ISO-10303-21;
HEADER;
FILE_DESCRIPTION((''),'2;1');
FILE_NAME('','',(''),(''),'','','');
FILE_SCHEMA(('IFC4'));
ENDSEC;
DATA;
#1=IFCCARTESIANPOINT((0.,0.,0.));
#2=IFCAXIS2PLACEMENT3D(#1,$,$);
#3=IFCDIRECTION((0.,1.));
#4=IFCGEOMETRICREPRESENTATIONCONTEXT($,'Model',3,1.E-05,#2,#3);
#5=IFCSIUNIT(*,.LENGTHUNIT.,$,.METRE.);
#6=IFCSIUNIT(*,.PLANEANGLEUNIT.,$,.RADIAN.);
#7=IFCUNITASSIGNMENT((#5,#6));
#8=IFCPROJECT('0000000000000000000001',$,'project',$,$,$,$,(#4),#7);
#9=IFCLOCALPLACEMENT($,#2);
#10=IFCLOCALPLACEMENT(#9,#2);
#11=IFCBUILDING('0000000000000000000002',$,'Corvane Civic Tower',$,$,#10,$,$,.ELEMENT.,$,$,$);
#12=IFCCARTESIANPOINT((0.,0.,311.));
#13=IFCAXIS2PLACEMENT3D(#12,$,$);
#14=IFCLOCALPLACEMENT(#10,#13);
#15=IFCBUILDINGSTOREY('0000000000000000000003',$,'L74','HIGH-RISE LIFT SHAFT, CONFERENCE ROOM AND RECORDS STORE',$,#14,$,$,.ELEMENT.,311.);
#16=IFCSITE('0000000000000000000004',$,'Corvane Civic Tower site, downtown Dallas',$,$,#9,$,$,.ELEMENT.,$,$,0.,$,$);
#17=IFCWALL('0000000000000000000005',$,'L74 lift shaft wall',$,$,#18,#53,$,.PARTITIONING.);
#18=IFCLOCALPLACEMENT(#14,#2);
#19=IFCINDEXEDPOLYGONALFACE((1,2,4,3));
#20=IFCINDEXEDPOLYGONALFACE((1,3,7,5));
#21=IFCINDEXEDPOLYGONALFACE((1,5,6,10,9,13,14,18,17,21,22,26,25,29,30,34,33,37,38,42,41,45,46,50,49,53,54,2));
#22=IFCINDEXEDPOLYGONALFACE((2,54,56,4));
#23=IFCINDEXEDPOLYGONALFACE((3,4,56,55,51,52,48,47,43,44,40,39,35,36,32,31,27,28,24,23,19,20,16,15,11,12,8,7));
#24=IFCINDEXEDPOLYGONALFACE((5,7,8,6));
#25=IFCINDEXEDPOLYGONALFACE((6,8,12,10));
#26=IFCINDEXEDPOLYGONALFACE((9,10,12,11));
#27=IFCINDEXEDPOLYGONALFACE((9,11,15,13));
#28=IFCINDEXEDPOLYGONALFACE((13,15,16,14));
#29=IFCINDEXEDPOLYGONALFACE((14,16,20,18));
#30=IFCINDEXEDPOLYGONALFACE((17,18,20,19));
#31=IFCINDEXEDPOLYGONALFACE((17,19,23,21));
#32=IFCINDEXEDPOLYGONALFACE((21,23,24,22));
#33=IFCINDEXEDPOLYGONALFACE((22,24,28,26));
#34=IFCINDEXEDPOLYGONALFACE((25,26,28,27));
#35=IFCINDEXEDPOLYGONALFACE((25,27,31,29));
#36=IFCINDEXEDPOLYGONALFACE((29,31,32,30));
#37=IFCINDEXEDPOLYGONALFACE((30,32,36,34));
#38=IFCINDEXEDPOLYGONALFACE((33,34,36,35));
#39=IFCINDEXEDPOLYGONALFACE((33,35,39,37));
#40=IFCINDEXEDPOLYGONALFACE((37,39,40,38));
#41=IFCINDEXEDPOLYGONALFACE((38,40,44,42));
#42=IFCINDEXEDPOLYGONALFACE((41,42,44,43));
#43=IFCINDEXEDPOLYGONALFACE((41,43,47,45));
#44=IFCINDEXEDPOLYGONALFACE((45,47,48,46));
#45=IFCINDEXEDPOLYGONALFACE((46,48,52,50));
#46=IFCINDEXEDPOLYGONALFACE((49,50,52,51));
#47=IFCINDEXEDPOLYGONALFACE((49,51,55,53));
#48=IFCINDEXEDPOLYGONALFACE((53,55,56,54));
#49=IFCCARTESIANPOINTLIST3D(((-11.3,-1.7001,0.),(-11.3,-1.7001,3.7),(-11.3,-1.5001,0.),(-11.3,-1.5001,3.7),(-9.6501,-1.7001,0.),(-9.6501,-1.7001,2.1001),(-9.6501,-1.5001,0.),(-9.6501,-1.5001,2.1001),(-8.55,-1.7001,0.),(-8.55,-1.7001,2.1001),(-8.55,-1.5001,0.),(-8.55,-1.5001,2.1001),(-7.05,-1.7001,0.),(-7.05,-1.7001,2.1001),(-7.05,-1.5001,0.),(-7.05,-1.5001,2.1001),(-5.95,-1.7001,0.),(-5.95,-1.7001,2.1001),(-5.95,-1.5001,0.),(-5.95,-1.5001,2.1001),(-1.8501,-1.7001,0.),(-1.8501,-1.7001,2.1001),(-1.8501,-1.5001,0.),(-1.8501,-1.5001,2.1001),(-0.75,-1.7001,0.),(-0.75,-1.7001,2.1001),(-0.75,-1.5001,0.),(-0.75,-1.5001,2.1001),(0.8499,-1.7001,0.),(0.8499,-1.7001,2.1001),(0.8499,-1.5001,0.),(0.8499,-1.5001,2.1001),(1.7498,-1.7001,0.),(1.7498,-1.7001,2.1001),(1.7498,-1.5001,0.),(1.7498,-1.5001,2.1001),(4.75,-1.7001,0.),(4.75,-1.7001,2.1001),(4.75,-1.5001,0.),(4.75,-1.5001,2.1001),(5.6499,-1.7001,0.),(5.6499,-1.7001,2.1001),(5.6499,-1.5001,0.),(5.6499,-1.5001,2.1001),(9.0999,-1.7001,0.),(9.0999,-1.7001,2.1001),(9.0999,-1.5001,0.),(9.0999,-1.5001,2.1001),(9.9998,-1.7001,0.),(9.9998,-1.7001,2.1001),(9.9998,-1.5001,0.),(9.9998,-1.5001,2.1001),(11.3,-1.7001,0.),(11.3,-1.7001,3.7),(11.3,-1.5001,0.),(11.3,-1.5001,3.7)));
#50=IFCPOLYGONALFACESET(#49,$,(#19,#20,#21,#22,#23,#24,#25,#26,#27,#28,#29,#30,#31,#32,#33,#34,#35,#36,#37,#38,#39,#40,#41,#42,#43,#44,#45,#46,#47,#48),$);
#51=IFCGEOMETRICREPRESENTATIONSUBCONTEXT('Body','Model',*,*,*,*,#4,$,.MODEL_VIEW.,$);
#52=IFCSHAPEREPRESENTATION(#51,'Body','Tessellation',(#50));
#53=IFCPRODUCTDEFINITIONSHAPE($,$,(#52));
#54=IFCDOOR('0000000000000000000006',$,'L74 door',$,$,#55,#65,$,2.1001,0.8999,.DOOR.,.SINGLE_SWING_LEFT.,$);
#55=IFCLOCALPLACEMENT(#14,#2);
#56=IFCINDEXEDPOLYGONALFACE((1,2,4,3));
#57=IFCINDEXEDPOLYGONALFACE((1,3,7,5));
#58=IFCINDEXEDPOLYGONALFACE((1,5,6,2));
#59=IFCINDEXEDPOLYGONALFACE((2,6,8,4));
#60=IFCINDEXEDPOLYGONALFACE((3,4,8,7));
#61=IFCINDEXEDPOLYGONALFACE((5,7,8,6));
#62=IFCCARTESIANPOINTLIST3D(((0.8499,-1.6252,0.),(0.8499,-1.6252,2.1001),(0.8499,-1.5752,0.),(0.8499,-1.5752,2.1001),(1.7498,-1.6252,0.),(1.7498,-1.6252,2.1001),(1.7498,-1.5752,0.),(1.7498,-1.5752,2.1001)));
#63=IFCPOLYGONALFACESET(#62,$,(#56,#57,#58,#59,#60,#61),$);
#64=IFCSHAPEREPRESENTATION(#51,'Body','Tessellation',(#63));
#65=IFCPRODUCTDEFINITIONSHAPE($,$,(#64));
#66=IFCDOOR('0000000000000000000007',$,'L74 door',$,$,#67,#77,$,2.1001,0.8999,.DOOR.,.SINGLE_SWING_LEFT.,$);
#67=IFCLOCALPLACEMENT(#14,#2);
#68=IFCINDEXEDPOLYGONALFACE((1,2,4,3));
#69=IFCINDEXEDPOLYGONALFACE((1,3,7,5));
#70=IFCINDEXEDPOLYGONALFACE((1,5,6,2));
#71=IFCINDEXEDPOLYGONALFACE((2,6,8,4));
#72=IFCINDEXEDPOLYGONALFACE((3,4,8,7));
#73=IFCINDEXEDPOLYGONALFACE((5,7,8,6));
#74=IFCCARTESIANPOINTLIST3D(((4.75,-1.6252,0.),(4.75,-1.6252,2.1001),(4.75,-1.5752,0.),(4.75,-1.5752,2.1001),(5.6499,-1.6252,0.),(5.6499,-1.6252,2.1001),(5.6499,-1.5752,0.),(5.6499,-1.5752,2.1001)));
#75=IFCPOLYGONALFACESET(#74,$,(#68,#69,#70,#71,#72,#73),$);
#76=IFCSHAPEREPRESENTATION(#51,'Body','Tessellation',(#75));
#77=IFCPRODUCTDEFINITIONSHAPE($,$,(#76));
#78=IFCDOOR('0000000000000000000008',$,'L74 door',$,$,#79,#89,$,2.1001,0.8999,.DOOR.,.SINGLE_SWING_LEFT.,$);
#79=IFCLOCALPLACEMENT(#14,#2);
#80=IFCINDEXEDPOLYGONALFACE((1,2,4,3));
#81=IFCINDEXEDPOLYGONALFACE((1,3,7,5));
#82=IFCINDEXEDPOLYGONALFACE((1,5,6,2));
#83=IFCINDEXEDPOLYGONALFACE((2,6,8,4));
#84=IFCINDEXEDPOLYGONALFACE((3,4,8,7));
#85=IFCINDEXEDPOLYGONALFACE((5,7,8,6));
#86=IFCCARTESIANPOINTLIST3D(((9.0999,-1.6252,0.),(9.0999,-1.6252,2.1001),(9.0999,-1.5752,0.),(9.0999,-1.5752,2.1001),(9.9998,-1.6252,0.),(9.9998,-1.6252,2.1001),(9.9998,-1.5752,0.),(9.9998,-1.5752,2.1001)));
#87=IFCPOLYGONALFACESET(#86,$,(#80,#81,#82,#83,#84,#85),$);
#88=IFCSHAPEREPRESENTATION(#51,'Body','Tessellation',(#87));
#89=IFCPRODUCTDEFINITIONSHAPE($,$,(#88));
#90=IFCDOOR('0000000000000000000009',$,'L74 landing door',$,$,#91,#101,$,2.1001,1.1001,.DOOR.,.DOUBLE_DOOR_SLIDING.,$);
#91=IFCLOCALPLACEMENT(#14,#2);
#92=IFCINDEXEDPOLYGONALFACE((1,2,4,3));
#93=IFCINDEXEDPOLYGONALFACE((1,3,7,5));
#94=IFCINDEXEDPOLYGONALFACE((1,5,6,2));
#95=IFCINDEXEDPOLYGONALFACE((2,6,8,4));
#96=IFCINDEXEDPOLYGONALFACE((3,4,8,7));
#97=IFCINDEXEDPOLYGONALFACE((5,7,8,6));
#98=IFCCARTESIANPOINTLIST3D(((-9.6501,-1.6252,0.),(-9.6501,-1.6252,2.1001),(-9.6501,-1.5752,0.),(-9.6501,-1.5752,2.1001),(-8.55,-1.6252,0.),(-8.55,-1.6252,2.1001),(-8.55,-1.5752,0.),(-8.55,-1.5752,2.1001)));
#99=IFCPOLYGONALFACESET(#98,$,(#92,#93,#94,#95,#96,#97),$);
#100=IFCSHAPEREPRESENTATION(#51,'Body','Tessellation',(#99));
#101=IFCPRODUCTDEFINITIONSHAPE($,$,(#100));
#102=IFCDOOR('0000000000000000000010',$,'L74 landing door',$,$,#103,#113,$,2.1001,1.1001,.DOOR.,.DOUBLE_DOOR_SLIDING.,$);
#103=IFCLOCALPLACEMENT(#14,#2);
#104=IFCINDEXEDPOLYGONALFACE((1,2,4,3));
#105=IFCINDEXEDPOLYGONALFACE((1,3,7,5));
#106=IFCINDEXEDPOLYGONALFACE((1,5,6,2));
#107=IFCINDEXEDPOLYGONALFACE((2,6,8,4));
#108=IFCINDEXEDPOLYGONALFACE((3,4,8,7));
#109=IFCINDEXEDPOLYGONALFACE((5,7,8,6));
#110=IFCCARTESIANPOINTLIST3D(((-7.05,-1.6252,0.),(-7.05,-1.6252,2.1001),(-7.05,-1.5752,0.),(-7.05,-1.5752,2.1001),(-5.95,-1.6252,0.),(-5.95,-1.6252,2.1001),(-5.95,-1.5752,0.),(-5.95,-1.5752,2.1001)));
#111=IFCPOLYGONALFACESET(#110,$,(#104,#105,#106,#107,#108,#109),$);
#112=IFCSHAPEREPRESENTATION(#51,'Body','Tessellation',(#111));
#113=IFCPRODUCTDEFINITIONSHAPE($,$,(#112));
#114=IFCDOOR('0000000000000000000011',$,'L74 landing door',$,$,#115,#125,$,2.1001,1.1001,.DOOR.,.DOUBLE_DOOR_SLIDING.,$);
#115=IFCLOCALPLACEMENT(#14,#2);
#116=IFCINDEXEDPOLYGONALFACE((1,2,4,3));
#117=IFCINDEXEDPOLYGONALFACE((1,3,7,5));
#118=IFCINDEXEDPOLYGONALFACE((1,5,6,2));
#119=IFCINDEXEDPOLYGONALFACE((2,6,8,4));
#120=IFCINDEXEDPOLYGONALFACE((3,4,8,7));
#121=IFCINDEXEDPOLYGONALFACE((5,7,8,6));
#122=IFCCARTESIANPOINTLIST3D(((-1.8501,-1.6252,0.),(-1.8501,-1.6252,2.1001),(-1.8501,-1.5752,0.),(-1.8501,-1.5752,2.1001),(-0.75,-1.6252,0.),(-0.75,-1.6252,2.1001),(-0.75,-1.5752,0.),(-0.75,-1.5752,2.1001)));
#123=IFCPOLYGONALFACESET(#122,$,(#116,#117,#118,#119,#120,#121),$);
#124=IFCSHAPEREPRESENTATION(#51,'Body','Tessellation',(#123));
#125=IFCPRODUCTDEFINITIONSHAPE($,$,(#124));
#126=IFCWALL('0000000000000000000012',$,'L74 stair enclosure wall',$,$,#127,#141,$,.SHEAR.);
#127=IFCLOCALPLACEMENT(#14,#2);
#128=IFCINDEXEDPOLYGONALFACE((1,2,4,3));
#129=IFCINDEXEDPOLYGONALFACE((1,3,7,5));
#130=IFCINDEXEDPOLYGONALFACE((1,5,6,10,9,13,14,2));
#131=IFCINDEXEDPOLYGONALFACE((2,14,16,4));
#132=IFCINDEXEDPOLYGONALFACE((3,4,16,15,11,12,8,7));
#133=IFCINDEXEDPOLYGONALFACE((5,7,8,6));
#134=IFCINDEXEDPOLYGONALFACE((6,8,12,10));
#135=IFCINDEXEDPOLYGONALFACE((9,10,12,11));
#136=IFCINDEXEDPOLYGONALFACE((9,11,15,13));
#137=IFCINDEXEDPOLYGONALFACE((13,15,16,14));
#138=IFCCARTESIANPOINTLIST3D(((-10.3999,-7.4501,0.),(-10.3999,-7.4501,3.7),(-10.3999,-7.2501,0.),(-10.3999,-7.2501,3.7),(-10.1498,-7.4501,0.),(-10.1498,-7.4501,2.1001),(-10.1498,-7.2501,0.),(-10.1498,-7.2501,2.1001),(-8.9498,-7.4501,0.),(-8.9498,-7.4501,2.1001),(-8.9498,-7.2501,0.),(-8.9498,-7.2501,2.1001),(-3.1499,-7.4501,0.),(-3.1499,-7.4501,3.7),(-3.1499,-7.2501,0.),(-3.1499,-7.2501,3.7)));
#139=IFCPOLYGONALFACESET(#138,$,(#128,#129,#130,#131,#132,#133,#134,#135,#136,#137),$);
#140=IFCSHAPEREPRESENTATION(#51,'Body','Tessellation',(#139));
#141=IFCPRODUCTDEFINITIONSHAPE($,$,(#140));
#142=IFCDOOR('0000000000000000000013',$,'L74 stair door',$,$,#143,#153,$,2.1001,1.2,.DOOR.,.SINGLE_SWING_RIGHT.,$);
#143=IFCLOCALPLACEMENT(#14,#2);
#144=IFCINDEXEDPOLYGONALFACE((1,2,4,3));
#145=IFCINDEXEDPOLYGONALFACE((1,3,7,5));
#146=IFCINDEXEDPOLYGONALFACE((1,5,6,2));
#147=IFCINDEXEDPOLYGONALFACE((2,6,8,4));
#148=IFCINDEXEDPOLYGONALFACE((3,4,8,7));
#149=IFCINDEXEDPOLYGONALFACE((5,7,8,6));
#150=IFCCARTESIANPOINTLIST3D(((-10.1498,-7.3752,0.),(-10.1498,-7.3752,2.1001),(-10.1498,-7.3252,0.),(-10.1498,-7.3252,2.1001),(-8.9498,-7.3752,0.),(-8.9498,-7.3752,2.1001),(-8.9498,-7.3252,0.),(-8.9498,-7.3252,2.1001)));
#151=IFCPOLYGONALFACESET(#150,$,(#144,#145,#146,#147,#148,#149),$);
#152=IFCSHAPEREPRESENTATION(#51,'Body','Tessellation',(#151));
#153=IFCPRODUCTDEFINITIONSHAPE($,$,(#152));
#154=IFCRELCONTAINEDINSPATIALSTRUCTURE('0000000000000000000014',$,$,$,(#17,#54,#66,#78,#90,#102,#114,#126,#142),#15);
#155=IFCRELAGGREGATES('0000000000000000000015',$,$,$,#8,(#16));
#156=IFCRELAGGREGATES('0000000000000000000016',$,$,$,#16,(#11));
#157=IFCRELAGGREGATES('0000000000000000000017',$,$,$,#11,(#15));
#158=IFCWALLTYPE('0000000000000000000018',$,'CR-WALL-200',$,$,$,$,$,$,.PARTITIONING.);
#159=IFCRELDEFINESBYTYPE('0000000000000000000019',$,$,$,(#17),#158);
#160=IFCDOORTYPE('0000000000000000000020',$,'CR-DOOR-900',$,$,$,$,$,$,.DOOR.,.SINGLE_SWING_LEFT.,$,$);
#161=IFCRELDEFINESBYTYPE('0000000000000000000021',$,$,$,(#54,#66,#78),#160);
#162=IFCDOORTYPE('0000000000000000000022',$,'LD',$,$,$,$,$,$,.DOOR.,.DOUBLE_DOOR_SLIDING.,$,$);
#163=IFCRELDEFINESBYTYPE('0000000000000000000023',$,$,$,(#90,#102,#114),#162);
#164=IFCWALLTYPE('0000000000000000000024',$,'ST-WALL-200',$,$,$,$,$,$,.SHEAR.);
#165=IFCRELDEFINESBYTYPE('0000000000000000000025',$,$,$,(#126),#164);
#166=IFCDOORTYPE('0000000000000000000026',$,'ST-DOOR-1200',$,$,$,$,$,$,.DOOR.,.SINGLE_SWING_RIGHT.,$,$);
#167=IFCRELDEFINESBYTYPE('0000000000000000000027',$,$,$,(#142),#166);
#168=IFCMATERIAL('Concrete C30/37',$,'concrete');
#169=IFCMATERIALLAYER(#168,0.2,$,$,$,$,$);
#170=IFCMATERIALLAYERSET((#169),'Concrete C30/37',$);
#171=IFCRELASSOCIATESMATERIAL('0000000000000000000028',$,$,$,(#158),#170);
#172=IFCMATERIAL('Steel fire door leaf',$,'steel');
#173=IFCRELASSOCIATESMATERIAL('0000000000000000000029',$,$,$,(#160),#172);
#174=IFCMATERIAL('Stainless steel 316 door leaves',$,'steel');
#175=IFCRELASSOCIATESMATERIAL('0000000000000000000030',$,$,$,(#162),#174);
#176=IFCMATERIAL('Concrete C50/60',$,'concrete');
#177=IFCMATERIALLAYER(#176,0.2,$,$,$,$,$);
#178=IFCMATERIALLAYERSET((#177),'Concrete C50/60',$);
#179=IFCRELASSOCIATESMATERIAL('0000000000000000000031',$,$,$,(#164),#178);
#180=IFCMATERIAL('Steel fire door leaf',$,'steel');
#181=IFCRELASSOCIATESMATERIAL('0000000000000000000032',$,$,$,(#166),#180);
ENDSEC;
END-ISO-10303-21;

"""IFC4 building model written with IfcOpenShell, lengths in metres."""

from ifc_helpers import new_model, si_unit, direction, frame, frame_2d, origin, place, context, subcontext, project, spatial, rectangle, extrude, material, layer, layer_set, type_object, element, fill, save


model = new_model("IFC4")

# Units and contexts
model_context = context("Model", 3, precision=1e-05, world=origin(), true_north=direction((0.0, 1.0)))
body_context = subcontext(model_context, "Body", "Model", "MODEL_VIEW")
ifc_project = project(units=[si_unit("LENGTHUNIT", "METRE"), si_unit("PLANEANGLEUNIT", "RADIAN")], contexts=[model_context])

# Site, building, storey
site_placement = place(None, origin())
site = spatial("IfcSite", under=ifc_project, at=site_placement, Name="Corvane Civic Tower site, downtown Dallas", CompositionType="ELEMENT", RefElevation=0.0)
building_placement = place(site_placement, origin())
building = spatial("IfcBuilding", under=site, at=building_placement, Name="Corvane Civic Tower", CompositionType="ELEMENT")
storey_placement = place(building_placement, frame((0.0, 0.0, 311.0)))
storey = spatial("IfcBuildingStorey", under=building, at=storey_placement, Name="L74", Description="HIGH-RISE LIFT SHAFT, CONFERENCE ROOM AND RECORDS STORE", CompositionType="ELEMENT", Elevation=311.0)

# Wall, openings, doors
ifc_material_1 = material(Name="Concrete C30/37", Category="concrete")
ifc_layer_1 = layer(ifc_material_1, 0.2)
ifc_layer_set_1 = layer_set([ifc_layer_1], Name="Concrete C30/37")
wall_type_1 = type_object("IfcWallType", Name="CR-WALL-200", PredefinedType="PARTITIONING", material=ifc_layer_set_1)
wall_1_placement = place(storey_placement, frame((-11.3, -1.6001, 0.0), z_axis=(0.0, 0.0, 1.0), x_axis=(1.0, 0.0, 0.0)))
wall_1 = element("IfcWall", 1, at=wall_1_placement, inside=storey, type_object=wall_type_1, Name="L74 lift shaft wall", PredefinedType="PARTITIONING", context=body_context, shape_type="SweptSolid", body=[
    extrude(rectangle(XDim=22.6001, YDim=0.2, at=frame_2d((11.3, 0.0))), origin(), (0.0, 0.0, 1.0), 3.7),
])
opening_1_placement = place(wall_1_placement, frame((1.6499, 0.0, 0.0)))
opening_1 = element("IfcOpeningElement", 2, at=opening_1_placement, cuts=wall_1, PredefinedType="OPENING", context=body_context, shape_type="SweptSolid", body=[
    extrude(rectangle(XDim=1.1001, YDim=2.1001, at=frame_2d((0.55, 1.05))), frame((0.0, 0.1099, 0.0), z_axis=(0.0, -1.0, 0.0), x_axis=(1.0, 0.0, 0.0)), (0.0, 0.0, 1.0), 0.22),
])
opening_2_placement = place(wall_1_placement, frame((4.25, 0.0, 0.0)))
opening_2 = element("IfcOpeningElement", 3, at=opening_2_placement, cuts=wall_1, PredefinedType="OPENING", context=body_context, shape_type="SweptSolid", body=[
    extrude(rectangle(XDim=1.1001, YDim=2.1001, at=frame_2d((0.55, 1.05))), frame((0.0, 0.1099, 0.0), z_axis=(0.0, -1.0, 0.0), x_axis=(1.0, 0.0, 0.0)), (0.0, 0.0, 1.0), 0.22),
])
opening_3_placement = place(wall_1_placement, frame((9.45, 0.0, 0.0)))
opening_3 = element("IfcOpeningElement", 4, at=opening_3_placement, cuts=wall_1, PredefinedType="OPENING", context=body_context, shape_type="SweptSolid", body=[
    extrude(rectangle(XDim=1.1001, YDim=2.1001, at=frame_2d((0.55, 1.05))), frame((0.0, 0.1099, 0.0), z_axis=(0.0, -1.0, 0.0), x_axis=(1.0, 0.0, 0.0)), (0.0, 0.0, 1.0), 0.22),
])
opening_4_placement = place(wall_1_placement, frame((12.1499, 0.0, 0.0)))
opening_4 = element("IfcOpeningElement", 5, at=opening_4_placement, cuts=wall_1, PredefinedType="OPENING", context=body_context, shape_type="SweptSolid", body=[
    extrude(rectangle(XDim=0.8999, YDim=2.1001, at=frame_2d((0.45, 1.05))), frame((0.0, 0.1099, 0.0), z_axis=(0.0, -1.0, 0.0), x_axis=(1.0, 0.0, 0.0)), (0.0, 0.0, 1.0), 0.22),
])
opening_5_placement = place(wall_1_placement, frame((16.05, 0.0, 0.0)))
opening_5 = element("IfcOpeningElement", 6, at=opening_5_placement, cuts=wall_1, PredefinedType="OPENING", context=body_context, shape_type="SweptSolid", body=[
    extrude(rectangle(XDim=0.8999, YDim=2.1001, at=frame_2d((0.45, 1.05))), frame((0.0, 0.1099, 0.0), z_axis=(0.0, -1.0, 0.0), x_axis=(1.0, 0.0, 0.0)), (0.0, 0.0, 1.0), 0.22),
])
opening_6_placement = place(wall_1_placement, frame((20.3999, 0.0, 0.0)))
opening_6 = element("IfcOpeningElement", 7, at=opening_6_placement, cuts=wall_1, PredefinedType="OPENING", context=body_context, shape_type="SweptSolid", body=[
    extrude(rectangle(XDim=0.8999, YDim=2.1001, at=frame_2d((0.45, 1.05))), frame((0.0, 0.1099, 0.0), z_axis=(0.0, -1.0, 0.0), x_axis=(1.0, 0.0, 0.0)), (0.0, 0.0, 1.0), 0.22),
])
ifc_material_2 = material(Name="Steel fire door leaf", Category="steel")
door_type_1 = type_object("IfcDoorType", Name="CR-DOOR-900", OperationType="SINGLE_SWING_LEFT", PredefinedType="DOOR", material=ifc_material_2)
door_1_placement = place(opening_4_placement, origin())
door_1 = element("IfcDoor", 8, at=door_1_placement, inside=storey, type_object=door_type_1, Name="L74 door", OperationType="SINGLE_SWING_LEFT", OverallHeight=2.1001, OverallWidth=0.8999, PredefinedType="DOOR", context=body_context, shape_type="SweptSolid", body=[
    extrude(rectangle(XDim=0.8999, YDim=2.1001, at=frame_2d((0.45, 1.05))), frame((0.0, 0.0249, 0.0), z_axis=(0.0, -1.0, 0.0), x_axis=(1.0, 0.0, 0.0)), (0.0, 0.0, 1.0), 0.05),
])
fill(opening_4, door_1)
door_2_placement = place(opening_5_placement, origin())
door_2 = element("IfcDoor", 9, at=door_2_placement, inside=storey, type_object=door_type_1, Name="L74 door", OperationType="SINGLE_SWING_LEFT", OverallHeight=2.1001, OverallWidth=0.8999, PredefinedType="DOOR", context=body_context, shape_type="SweptSolid", body=[
    extrude(rectangle(XDim=0.8999, YDim=2.1001, at=frame_2d((0.45, 1.05))), frame((0.0, 0.0249, 0.0), z_axis=(0.0, -1.0, 0.0), x_axis=(1.0, 0.0, 0.0)), (0.0, 0.0, 1.0), 0.05),
])
fill(opening_5, door_2)
door_3_placement = place(opening_6_placement, origin())
door_3 = element("IfcDoor", 10, at=door_3_placement, inside=storey, type_object=door_type_1, Name="L74 door", OperationType="SINGLE_SWING_LEFT", OverallHeight=2.1001, OverallWidth=0.8999, PredefinedType="DOOR", context=body_context, shape_type="SweptSolid", body=[
    extrude(rectangle(XDim=0.8999, YDim=2.1001, at=frame_2d((0.45, 1.05))), frame((0.0, 0.0249, 0.0), z_axis=(0.0, -1.0, 0.0), x_axis=(1.0, 0.0, 0.0)), (0.0, 0.0, 1.0), 0.05),
])
fill(opening_6, door_3)
ifc_material_3 = material(Name="Stainless steel 316 door leaves", Category="steel")
door_type_2 = type_object("IfcDoorType", Name="LD", OperationType="DOUBLE_DOOR_SLIDING", PredefinedType="DOOR", material=ifc_material_3)
door_4_placement = place(opening_1_placement, origin())
door_4 = element("IfcDoor", 11, at=door_4_placement, inside=storey, type_object=door_type_2, Name="L74 landing door", OperationType="DOUBLE_DOOR_SLIDING", OverallHeight=2.1001, OverallWidth=1.1001, PredefinedType="DOOR", context=body_context, shape_type="SweptSolid", body=[
    extrude(rectangle(XDim=1.1001, YDim=2.1001, at=frame_2d((0.55, 1.05))), frame((0.0, 0.0249, 0.0), z_axis=(0.0, -1.0, 0.0), x_axis=(1.0, 0.0, 0.0)), (0.0, 0.0, 1.0), 0.05),
])
fill(opening_1, door_4)
door_5_placement = place(opening_2_placement, origin())
door_5 = element("IfcDoor", 12, at=door_5_placement, inside=storey, type_object=door_type_2, Name="L74 landing door", OperationType="DOUBLE_DOOR_SLIDING", OverallHeight=2.1001, OverallWidth=1.1001, PredefinedType="DOOR", context=body_context, shape_type="SweptSolid", body=[
    extrude(rectangle(XDim=1.1001, YDim=2.1001, at=frame_2d((0.55, 1.05))), frame((0.0, 0.0249, 0.0), z_axis=(0.0, -1.0, 0.0), x_axis=(1.0, 0.0, 0.0)), (0.0, 0.0, 1.0), 0.05),
])
fill(opening_2, door_5)
door_6_placement = place(opening_3_placement, origin())
door_6 = element("IfcDoor", 13, at=door_6_placement, inside=storey, type_object=door_type_2, Name="L74 landing door", OperationType="DOUBLE_DOOR_SLIDING", OverallHeight=2.1001, OverallWidth=1.1001, PredefinedType="DOOR", context=body_context, shape_type="SweptSolid", body=[
    extrude(rectangle(XDim=1.1001, YDim=2.1001, at=frame_2d((0.55, 1.05))), frame((0.0, 0.0249, 0.0), z_axis=(0.0, -1.0, 0.0), x_axis=(1.0, 0.0, 0.0)), (0.0, 0.0, 1.0), 0.05),
])
fill(opening_3, door_6)

# Wall, opening, door
ifc_material_4 = material(Name="Concrete C50/60", Category="concrete")
ifc_layer_2 = layer(ifc_material_4, 0.2)
ifc_layer_set_2 = layer_set([ifc_layer_2], Name="Concrete C50/60")
wall_type_2 = type_object("IfcWallType", Name="ST-WALL-200", PredefinedType="SHEAR", material=ifc_layer_set_2)
wall_2_placement = place(storey_placement, frame((-10.3999, -7.3501, 0.0), z_axis=(0.0, 0.0, 1.0), x_axis=(1.0, 0.0, 0.0)))
wall_2 = element("IfcWall", 14, at=wall_2_placement, inside=storey, type_object=wall_type_2, Name="L74 stair enclosure wall", PredefinedType="SHEAR", context=body_context, shape_type="SweptSolid", body=[
    extrude(rectangle(XDim=7.25, YDim=0.2, at=frame_2d((3.625, 0.0))), origin(), (0.0, 0.0, 1.0), 3.7),
])
opening_7_placement = place(wall_2_placement, frame((0.25, 0.0, 0.0)))
opening_7 = element("IfcOpeningElement", 15, at=opening_7_placement, cuts=wall_2, PredefinedType="OPENING", context=body_context, shape_type="SweptSolid", body=[
    extrude(rectangle(XDim=1.2, YDim=2.1001, at=frame_2d((0.6001, 1.05))), frame((0.0, 0.1099, 0.0), z_axis=(0.0, -1.0, 0.0), x_axis=(1.0, 0.0, 0.0)), (0.0, 0.0, 1.0), 0.22),
])
ifc_material_5 = material(Name="Steel fire door leaf", Category="steel")
door_type_3 = type_object("IfcDoorType", Name="ST-DOOR-1200", OperationType="SINGLE_SWING_RIGHT", PredefinedType="DOOR", material=ifc_material_5)
door_7_placement = place(opening_7_placement, origin())
door_7 = element("IfcDoor", 16, at=door_7_placement, inside=storey, type_object=door_type_3, Name="L74 stair door", OperationType="SINGLE_SWING_RIGHT", OverallHeight=2.1001, OverallWidth=1.2, PredefinedType="DOOR", context=body_context, shape_type="SweptSolid", body=[
    extrude(rectangle(XDim=1.2, YDim=2.1001, at=frame_2d((0.6001, 1.05))), frame((0.0, 0.0249, 0.0), z_axis=(0.0, -1.0, 0.0), x_axis=(1.0, 0.0, 0.0)), (0.0, 0.0, 1.0), 0.05),
])
fill(opening_7, door_7)

save(model, "model.ifc")
